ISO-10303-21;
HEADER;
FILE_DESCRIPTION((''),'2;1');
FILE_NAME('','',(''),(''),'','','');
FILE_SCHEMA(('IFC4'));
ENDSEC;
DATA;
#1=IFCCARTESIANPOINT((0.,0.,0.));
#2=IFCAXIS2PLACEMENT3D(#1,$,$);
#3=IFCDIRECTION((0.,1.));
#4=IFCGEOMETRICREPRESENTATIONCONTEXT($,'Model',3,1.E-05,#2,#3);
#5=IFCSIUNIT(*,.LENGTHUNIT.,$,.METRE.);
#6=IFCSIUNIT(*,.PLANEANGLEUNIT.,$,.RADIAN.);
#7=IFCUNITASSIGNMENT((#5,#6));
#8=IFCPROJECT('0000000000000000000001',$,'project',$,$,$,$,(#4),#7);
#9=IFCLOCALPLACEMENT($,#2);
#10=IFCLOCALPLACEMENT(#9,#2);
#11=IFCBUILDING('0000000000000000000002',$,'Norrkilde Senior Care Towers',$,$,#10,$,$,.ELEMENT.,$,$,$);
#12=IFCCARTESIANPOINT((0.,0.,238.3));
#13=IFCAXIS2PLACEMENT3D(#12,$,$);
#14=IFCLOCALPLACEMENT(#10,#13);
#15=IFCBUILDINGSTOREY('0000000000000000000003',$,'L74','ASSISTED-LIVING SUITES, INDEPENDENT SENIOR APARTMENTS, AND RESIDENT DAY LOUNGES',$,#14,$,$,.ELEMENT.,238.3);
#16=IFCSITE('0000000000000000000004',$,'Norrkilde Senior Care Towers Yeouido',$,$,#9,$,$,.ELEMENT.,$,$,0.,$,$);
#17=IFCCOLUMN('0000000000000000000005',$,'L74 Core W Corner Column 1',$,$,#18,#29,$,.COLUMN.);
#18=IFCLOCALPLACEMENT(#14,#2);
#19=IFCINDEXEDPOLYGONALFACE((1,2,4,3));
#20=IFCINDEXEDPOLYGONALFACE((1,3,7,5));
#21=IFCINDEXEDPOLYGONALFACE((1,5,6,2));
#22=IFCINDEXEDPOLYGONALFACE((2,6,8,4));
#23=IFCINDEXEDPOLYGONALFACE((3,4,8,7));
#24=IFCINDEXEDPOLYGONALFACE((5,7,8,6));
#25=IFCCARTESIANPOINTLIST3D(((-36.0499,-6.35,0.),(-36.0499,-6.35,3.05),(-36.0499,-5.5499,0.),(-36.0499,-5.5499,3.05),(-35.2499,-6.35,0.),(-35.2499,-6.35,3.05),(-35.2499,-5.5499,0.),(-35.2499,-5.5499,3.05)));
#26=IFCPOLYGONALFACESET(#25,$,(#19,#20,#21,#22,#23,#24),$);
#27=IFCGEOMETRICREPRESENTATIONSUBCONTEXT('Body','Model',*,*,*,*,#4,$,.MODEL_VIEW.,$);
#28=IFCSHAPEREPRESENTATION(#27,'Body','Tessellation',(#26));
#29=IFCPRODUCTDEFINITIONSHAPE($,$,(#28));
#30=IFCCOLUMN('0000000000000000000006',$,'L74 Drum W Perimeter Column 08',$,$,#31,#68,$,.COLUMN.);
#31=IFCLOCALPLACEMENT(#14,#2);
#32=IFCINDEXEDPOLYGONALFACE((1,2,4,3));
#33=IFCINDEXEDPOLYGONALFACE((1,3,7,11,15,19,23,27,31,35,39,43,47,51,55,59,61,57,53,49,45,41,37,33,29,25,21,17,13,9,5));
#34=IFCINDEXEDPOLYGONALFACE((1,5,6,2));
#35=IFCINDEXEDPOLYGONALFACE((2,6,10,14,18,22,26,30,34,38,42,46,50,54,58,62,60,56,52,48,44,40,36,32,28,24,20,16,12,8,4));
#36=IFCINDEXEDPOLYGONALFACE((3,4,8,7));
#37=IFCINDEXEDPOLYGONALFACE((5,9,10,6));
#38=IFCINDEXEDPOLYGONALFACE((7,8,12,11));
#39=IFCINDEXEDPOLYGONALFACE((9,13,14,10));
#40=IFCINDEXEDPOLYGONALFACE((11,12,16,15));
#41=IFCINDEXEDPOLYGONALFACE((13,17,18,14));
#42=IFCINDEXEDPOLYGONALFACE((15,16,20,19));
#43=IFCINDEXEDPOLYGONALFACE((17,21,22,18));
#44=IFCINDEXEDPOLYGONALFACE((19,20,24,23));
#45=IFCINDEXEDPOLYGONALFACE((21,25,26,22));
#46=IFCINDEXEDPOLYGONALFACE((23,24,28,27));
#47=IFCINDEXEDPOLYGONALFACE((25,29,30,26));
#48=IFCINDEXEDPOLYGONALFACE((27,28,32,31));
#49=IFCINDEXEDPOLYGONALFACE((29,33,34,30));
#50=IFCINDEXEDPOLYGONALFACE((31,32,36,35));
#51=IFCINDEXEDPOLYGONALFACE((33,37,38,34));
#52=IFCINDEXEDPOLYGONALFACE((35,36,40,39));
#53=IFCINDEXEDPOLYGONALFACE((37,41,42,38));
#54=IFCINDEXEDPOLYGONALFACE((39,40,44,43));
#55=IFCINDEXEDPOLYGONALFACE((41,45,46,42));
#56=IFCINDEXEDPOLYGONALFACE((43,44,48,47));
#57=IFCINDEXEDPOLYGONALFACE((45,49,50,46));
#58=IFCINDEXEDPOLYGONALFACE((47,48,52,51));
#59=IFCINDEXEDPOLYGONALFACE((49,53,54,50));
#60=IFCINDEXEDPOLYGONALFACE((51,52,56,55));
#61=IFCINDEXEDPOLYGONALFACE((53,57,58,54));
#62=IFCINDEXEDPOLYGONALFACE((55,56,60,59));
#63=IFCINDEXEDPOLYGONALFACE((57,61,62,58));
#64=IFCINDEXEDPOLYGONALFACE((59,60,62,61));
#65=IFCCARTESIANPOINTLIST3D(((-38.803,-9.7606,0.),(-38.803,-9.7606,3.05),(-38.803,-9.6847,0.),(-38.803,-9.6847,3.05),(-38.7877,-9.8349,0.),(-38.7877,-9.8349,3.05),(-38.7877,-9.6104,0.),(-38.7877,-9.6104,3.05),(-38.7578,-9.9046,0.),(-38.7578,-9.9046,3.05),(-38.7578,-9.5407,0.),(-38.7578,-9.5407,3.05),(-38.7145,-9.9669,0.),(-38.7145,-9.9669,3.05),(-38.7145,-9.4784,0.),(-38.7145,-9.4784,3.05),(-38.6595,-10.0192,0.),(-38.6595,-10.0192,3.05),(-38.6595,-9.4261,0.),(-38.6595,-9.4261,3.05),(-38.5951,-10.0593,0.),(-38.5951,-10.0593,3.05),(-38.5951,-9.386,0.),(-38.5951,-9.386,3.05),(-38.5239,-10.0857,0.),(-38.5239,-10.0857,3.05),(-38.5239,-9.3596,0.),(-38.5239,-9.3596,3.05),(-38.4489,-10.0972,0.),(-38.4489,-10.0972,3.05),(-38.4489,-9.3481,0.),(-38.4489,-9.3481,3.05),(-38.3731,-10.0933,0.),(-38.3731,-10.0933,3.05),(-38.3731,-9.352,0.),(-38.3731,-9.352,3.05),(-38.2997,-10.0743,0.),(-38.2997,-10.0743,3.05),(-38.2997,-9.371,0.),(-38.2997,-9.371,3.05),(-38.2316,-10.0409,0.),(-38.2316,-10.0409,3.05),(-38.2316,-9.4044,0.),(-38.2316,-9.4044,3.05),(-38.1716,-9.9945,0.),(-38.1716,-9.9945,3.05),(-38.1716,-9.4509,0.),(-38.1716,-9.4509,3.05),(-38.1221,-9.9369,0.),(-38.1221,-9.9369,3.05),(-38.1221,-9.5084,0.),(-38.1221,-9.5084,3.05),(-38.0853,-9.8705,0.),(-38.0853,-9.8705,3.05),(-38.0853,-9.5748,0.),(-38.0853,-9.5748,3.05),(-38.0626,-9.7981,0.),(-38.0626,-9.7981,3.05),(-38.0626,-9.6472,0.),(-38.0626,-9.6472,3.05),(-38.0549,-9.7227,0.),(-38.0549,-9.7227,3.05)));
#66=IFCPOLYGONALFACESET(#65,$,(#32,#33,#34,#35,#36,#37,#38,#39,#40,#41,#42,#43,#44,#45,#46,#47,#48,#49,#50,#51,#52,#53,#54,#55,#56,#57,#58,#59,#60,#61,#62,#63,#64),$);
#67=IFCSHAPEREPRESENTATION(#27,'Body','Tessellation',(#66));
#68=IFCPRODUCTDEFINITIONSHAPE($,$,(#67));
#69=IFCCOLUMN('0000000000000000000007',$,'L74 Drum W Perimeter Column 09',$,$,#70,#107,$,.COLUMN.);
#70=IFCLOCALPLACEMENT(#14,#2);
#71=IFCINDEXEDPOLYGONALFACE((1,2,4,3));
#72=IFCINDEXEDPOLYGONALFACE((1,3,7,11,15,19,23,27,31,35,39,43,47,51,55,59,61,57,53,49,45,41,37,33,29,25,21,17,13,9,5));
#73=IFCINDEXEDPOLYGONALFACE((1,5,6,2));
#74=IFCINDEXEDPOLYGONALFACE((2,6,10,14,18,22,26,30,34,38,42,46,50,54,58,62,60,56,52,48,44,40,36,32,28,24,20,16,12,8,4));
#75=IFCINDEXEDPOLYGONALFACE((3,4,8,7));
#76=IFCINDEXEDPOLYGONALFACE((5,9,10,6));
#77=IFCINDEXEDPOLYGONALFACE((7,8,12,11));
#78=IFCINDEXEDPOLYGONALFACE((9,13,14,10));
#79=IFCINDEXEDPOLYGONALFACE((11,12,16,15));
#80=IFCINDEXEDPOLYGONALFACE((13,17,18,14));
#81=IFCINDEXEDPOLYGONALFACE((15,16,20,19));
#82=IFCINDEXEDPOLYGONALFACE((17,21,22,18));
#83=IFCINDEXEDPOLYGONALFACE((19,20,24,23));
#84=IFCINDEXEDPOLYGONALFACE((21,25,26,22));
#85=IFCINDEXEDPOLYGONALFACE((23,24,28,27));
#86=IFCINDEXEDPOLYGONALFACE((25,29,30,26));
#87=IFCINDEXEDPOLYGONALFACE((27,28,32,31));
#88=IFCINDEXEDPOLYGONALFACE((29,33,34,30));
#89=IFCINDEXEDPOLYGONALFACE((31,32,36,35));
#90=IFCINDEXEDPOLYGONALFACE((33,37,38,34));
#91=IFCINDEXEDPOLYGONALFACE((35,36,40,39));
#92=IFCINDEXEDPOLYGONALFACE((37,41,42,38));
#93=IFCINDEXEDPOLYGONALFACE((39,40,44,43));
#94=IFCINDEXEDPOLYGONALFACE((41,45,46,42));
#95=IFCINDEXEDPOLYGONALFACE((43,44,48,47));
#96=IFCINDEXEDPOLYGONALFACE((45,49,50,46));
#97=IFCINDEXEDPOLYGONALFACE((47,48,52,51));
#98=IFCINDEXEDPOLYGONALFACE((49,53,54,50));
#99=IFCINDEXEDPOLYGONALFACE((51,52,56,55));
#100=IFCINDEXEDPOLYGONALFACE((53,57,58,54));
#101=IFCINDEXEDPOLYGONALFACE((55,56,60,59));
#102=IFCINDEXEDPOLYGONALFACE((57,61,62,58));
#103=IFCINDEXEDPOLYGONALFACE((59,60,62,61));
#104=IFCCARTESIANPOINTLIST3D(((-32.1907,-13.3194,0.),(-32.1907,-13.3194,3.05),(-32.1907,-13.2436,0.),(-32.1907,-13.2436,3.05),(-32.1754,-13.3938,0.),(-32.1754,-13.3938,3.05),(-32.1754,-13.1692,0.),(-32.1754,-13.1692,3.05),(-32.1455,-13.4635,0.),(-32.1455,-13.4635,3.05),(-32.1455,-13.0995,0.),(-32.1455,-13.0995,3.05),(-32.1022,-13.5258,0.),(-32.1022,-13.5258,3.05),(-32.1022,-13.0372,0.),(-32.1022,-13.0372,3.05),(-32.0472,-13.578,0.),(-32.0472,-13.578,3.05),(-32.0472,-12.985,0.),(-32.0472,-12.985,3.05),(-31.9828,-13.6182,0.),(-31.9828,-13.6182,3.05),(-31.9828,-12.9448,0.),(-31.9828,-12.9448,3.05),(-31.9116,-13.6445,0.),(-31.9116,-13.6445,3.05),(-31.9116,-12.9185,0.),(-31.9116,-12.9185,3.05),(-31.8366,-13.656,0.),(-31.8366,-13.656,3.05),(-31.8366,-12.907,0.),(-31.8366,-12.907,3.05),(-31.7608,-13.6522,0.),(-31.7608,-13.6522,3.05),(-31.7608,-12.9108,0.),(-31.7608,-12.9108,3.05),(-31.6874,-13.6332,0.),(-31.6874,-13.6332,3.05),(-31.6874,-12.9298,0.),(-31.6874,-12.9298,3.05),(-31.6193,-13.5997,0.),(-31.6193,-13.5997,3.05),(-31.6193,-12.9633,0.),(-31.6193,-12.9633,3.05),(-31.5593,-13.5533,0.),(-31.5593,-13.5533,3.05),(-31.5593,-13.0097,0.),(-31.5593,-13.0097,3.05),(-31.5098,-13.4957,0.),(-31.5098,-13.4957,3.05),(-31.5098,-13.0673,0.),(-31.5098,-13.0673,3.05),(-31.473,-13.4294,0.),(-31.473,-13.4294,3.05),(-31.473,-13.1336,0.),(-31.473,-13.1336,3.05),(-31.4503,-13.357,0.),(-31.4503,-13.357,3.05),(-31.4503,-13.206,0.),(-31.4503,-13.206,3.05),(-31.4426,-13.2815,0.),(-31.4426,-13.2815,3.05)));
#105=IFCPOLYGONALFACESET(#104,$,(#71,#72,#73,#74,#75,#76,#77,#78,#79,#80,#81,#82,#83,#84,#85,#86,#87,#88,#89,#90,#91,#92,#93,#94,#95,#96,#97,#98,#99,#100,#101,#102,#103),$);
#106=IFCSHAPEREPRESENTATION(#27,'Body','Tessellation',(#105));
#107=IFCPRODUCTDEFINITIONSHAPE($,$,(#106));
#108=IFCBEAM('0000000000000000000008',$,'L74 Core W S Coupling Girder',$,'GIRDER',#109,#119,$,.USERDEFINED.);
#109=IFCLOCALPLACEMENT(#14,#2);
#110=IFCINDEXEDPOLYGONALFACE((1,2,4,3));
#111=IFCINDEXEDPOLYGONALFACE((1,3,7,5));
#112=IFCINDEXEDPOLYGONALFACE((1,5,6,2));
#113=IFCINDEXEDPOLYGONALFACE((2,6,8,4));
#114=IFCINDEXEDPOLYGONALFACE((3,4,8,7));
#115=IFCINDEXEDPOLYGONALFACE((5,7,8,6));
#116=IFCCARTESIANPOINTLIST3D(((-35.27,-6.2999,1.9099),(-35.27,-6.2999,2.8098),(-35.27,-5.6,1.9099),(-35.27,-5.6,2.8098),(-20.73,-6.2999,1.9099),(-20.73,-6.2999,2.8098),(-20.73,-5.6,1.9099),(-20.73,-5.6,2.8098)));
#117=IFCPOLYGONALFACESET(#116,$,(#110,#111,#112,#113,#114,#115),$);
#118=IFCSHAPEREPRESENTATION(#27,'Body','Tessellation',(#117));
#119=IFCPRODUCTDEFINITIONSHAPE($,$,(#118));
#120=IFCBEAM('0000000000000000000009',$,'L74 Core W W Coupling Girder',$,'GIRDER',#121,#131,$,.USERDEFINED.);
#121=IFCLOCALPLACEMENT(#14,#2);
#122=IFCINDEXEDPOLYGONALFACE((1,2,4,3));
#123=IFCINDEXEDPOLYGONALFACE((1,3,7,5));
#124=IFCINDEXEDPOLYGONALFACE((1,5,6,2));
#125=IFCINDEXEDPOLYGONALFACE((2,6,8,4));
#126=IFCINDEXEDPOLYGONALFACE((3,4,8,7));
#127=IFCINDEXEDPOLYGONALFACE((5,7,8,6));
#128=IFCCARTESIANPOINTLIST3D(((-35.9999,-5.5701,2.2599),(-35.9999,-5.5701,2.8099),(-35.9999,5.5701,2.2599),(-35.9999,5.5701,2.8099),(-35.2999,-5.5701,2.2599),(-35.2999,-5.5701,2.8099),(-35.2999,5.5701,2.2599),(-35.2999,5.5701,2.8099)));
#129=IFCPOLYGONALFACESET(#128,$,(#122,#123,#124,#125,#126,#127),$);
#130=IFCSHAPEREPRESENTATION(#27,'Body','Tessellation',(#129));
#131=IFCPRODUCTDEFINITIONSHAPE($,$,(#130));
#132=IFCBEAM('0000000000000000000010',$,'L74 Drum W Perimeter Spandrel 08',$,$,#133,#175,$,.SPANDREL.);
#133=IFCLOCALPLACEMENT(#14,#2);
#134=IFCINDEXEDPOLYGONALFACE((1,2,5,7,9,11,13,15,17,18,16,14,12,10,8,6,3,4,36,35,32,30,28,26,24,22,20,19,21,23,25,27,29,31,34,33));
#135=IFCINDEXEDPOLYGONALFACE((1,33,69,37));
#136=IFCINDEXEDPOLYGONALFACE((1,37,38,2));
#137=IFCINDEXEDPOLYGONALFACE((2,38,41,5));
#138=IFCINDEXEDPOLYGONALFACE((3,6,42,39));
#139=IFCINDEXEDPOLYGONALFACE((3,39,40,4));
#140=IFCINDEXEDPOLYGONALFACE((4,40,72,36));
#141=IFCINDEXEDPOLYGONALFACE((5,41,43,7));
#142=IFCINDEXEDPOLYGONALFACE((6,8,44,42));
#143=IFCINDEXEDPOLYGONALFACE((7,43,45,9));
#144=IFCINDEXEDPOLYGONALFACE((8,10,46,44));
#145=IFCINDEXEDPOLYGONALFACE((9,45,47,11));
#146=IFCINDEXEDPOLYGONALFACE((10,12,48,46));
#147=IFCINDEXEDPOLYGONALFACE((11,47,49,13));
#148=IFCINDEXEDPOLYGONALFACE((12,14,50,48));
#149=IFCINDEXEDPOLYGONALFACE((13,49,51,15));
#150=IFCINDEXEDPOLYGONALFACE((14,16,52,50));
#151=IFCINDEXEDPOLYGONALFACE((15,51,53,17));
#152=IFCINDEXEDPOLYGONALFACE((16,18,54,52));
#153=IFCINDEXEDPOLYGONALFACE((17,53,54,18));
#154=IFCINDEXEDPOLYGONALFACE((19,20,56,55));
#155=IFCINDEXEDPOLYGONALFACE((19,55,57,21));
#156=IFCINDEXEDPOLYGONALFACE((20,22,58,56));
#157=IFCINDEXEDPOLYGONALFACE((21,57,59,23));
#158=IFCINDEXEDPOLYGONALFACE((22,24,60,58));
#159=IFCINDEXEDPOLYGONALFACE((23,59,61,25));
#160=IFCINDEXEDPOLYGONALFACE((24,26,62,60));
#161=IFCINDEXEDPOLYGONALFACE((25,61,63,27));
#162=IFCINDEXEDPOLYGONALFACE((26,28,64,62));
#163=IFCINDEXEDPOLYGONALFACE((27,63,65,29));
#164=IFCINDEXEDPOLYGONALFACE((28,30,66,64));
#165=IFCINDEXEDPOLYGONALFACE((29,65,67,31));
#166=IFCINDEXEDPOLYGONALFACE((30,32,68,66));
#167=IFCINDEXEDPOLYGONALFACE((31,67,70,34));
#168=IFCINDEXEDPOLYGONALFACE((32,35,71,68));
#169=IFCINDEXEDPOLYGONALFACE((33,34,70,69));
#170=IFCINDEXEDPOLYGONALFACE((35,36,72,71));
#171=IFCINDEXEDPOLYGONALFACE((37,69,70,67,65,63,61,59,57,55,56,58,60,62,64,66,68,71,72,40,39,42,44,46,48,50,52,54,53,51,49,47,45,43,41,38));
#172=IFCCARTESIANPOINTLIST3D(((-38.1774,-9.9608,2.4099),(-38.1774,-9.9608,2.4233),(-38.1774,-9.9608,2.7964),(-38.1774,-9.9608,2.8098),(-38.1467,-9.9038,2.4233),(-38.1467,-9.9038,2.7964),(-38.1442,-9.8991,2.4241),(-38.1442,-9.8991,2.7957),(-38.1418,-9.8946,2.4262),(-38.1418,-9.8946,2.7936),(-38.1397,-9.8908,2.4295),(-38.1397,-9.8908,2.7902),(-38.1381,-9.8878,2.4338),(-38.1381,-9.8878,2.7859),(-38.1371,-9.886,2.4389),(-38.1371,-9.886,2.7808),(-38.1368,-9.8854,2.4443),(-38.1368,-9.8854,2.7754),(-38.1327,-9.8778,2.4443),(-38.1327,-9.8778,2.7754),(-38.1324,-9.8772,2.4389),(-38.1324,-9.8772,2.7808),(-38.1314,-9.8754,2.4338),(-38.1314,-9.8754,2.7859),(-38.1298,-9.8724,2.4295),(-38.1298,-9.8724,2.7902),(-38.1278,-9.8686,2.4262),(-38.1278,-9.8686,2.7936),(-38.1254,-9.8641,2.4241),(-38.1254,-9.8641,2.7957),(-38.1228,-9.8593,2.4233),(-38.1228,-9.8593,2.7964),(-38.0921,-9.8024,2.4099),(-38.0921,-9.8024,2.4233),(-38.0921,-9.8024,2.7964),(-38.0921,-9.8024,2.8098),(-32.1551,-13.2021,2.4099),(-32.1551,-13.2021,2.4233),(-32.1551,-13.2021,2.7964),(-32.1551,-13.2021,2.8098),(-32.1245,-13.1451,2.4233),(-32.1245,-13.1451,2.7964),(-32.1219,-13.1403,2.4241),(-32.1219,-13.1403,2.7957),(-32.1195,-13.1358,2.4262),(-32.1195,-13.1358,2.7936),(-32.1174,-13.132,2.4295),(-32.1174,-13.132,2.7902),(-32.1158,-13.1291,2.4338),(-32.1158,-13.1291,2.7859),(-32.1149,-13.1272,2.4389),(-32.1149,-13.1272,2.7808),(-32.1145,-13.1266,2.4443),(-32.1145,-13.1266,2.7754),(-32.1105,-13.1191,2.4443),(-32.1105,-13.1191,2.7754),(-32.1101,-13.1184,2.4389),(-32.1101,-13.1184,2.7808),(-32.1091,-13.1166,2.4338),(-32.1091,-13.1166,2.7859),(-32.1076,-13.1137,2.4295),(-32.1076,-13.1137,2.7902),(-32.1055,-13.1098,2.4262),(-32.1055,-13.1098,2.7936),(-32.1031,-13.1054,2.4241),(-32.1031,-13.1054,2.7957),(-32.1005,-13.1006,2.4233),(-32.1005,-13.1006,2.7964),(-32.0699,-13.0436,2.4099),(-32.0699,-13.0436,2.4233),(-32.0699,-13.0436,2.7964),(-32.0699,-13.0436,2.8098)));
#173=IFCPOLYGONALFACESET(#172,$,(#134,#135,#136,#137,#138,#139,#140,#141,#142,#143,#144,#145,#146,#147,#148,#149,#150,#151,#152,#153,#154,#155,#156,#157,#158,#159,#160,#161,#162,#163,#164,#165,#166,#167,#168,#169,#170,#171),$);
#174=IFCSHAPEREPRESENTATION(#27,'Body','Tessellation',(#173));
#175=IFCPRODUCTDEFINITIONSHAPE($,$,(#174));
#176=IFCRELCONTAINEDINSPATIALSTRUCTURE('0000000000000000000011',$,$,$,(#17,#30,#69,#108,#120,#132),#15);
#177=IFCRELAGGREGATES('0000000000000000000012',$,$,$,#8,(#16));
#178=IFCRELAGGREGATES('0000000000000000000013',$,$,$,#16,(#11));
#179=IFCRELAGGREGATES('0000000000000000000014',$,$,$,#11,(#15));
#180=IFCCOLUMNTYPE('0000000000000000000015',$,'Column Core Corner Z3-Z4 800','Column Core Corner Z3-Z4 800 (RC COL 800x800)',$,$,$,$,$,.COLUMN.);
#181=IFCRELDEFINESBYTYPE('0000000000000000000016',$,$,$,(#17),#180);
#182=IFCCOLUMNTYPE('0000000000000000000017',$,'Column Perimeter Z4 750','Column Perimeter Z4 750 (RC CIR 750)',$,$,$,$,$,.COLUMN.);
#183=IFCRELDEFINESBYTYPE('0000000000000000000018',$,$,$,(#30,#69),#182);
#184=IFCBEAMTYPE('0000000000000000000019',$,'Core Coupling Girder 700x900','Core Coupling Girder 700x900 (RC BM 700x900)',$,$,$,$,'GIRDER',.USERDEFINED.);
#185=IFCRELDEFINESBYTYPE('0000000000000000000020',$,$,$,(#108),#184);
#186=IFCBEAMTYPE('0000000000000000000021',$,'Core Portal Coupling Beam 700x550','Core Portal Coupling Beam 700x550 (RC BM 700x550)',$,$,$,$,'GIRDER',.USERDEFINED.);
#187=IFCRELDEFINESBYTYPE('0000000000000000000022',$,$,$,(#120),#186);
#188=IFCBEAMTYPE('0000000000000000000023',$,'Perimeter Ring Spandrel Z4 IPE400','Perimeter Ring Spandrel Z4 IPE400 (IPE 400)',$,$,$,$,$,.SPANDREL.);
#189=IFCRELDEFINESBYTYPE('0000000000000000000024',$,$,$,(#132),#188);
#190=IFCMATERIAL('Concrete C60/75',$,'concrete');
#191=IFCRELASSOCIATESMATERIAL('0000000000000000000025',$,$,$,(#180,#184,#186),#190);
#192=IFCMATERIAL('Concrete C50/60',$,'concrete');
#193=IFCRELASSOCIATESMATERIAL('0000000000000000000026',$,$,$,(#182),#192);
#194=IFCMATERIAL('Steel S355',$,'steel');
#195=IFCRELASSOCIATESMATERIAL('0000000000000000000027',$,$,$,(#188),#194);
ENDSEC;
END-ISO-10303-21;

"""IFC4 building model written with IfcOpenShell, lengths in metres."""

from ifc_helpers import new_model, si_unit, direction, frame, origin, origin_2d, place, context, subcontext, project, spatial, rectangle, circle, i_section, extrude, source, transform, mapped, material, material_profile, profile_set, type_object, type_shapes, element, save


model = new_model("IFC4")

# Units and contexts
model_context = context("Model", 3, precision=1e-05, world=origin(), true_north=direction((0.0, 1.0)))
body_context = subcontext(model_context, "Body", "Model", "MODEL_VIEW")
ifc_project = project(units=[si_unit("LENGTHUNIT", "METRE"), si_unit("PLANEANGLEUNIT", "RADIAN")], contexts=[model_context])

# Site, building, storey
site_placement = place(None, origin())
site = spatial("IfcSite", under=ifc_project, at=site_placement, Name="Norrkilde Senior Care Towers Yeouido", CompositionType="ELEMENT", RefElevation=0.0)
building_placement = place(site_placement, origin())
building = spatial("IfcBuilding", under=site, at=building_placement, Name="Norrkilde Senior Care Towers", CompositionType="ELEMENT")
storey_placement = place(building_placement, frame((0.0, 0.0, 238.3)))
storey = spatial("IfcBuildingStorey", under=building, at=storey_placement, Name="L74", Description="ASSISTED-LIVING SUITES, INDEPENDENT SENIOR APARTMENTS, AND RESIDENT DAY LOUNGES", CompositionType="ELEMENT", Elevation=238.3)

# Columns
ifc_material_1 = material(Name="Concrete C60/75", Category="concrete")
ifc_material_profile_1 = material_profile(ifc_material_1, rectangle(XDim=0.8, YDim=0.8, at=origin_2d()), Name="RC COL 800x800")
ifc_profile_set_1 = profile_set([ifc_material_profile_1], Name="Concrete C60/75")
column_type_1 = type_object("IfcColumnType", Name="Column Core Corner Z3-Z4 800", Description="Column Core Corner Z3-Z4 800 (RC COL 800x800)", PredefinedType="COLUMN", material=ifc_profile_set_1)
shared_shape_1 = source(origin(), body_context, "Body", "SweptSolid", [
    extrude(rectangle(XDim=0.8, YDim=0.8, at=origin_2d()), origin(), (0.0, 0.0, 1.0), 3.05),
])
type_shapes(column_type_1, [shared_shape_1])
column_placement = place(storey_placement, frame((-35.6499, -5.95, 0.0), z_axis=(0.0, 0.0, 1.0), x_axis=(1.0, 0.0, 0.0)))
element("IfcColumn", 1, at=column_placement, inside=storey, type_object=column_type_1, Name="L74 Core W Corner Column 1", PredefinedType="COLUMN", context=body_context, shape_type="MappedRepresentation", body=[
    mapped(shared_shape_1, transform((0.0, 0.0, 0.0), x_axis=(1.0, 0.0, 0.0), y_axis=(0.0, 1.0, 0.0), z_axis=(0.0, 0.0, 1.0), scale=1.0)),
])
ifc_material_2 = material(Name="Concrete C50/60", Category="concrete")
ifc_material_profile_2 = material_profile(ifc_material_2, circle(Radius=0.375, at=origin_2d()), Name="RC CIR 750")
ifc_profile_set_2 = profile_set([ifc_material_profile_2], Name="Concrete C50/60")
column_type_2 = type_object("IfcColumnType", Name="Column Perimeter Z4 750", Description="Column Perimeter Z4 750 (RC CIR 750)", PredefinedType="COLUMN", material=ifc_profile_set_2)
shared_shape_2 = source(origin(), body_context, "Body", "SweptSolid", [
    extrude(circle(Radius=0.375, at=origin_2d()), origin(), (0.0, 0.0, 1.0), 3.05),
])
type_shapes(column_type_2, [shared_shape_2])
for number, where, z_axis, x_axis, name in (
    (2, (-38.4299, -9.7227, 0.0), (0.0, 0.0, 1.0), (1.0, 0.0, 0.0), "L74 Drum W Perimeter Column 08"),
    (3, (-31.8176, -13.2815, 0.0), (0.0, 0.0, 1.0), (1.0, 0.0, 0.0), "L74 Drum W Perimeter Column 09"),
):
    element("IfcColumn", number, at=place(storey_placement, frame(where, z_axis=z_axis, x_axis=x_axis)), inside=storey, type_object=column_type_2, Name=name, PredefinedType="COLUMN", context=body_context, shape_type="MappedRepresentation", body=[
        mapped(shared_shape_2, transform((0.0, 0.0, 0.0), x_axis=(1.0, 0.0, 0.0), y_axis=(0.0, 1.0, 0.0), z_axis=(0.0, 0.0, 1.0), scale=1.0)),
    ])

# Beams
ifc_material_profile_3 = material_profile(ifc_material_1, rectangle(XDim=0.7, YDim=0.8999, at=origin_2d()), Name="RC BM 700x900")
ifc_profile_set_3 = profile_set([ifc_material_profile_3], Name="Concrete C60/75")
beam_type_1 = type_object("IfcBeamType", Name="Core Coupling Girder 700x900", Description="Core Coupling Girder 700x900 (RC BM 700x900)", ElementType="GIRDER", PredefinedType="USERDEFINED", material=ifc_profile_set_3)
shared_shape_3 = source(origin(), body_context, "Body", "SweptSolid", [
    extrude(rectangle(XDim=0.7, YDim=0.8999, at=origin_2d()), origin(), (0.0, 0.0, 1.0), 14.54),
])
type_shapes(beam_type_1, [shared_shape_3])
beam_1_placement = place(storey_placement, frame((-35.27, -5.95, 2.3599), z_axis=(1.0, 0.0, 0.0), x_axis=(0.0, 1.0, 0.0)))
element("IfcBeam", 4, at=beam_1_placement, inside=storey, type_object=beam_type_1, Name="L74 Core W S Coupling Girder", ObjectType="GIRDER", PredefinedType="USERDEFINED", context=body_context, shape_type="MappedRepresentation", body=[
    mapped(shared_shape_3, transform((0.0, 0.0, 0.0), x_axis=(1.0, 0.0, 0.0), y_axis=(0.0, 1.0, 0.0), z_axis=(0.0, 0.0, 1.0), scale=1.0)),
])
ifc_material_profile_4 = material_profile(ifc_material_1, rectangle(XDim=0.7, YDim=0.55, at=origin_2d()), Name="RC BM 700x550")
ifc_profile_set_4 = profile_set([ifc_material_profile_4], Name="Concrete C60/75")
beam_type_2 = type_object("IfcBeamType", Name="Core Portal Coupling Beam 700x550", Description="Core Portal Coupling Beam 700x550 (RC BM 700x550)", ElementType="GIRDER", PredefinedType="USERDEFINED", material=ifc_profile_set_4)
shared_shape_4 = source(origin(), body_context, "Body", "SweptSolid", [
    extrude(rectangle(XDim=0.7, YDim=0.55, at=origin_2d()), origin(), (0.0, 0.0, 1.0), 11.1401),
])
type_shapes(beam_type_2, [shared_shape_4])
beam_2_placement = place(storey_placement, frame((-35.6499, -5.5701, 2.5349), z_axis=(0.0, 1.0, 0.0), x_axis=(-1.0, 0.0, 0.0)))
element("IfcBeam", 5, at=beam_2_placement, inside=storey, type_object=beam_type_2, Name="L74 Core W W Coupling Girder", ObjectType="GIRDER", PredefinedType="USERDEFINED", context=body_context, shape_type="MappedRepresentation", body=[
    mapped(shared_shape_4, transform((0.0, 0.0, 0.0), x_axis=(1.0, 0.0, 0.0), y_axis=(0.0, 1.0, 0.0), z_axis=(0.0, 0.0, 1.0), scale=1.0)),
])
ifc_material_3 = material(Name="Steel S355", Category="steel")
ifc_material_profile_5 = material_profile(ifc_material_3, i_section(OverallWidth=0.1799, OverallDepth=0.3999, WebThickness=0.0085, FlangeThickness=0.0134, FilletRadius=0.021, at=origin_2d()), Name="IPE 400")
ifc_profile_set_5 = profile_set([ifc_material_profile_5], Name="Steel S355")
beam_type_3 = type_object("IfcBeamType", Name="Perimeter Ring Spandrel Z4 IPE400", Description="Perimeter Ring Spandrel Z4 IPE400 (IPE 400)", PredefinedType="SPANDREL", material=ifc_profile_set_5)
shared_shape_5 = source(origin(), body_context, "Body", "SweptSolid", [
    extrude(i_section(OverallWidth=0.1799, OverallDepth=0.3999, WebThickness=0.0085, FlangeThickness=0.0134, FilletRadius=0.021, at=origin_2d()), origin(), (0.0, 0.0, 1.0), 6.8391),
])
beam_3_placement = place(storey_placement, frame((-38.1348, -9.8816, 2.6099), z_axis=(0.880564, -0.473927, 0.0), x_axis=(0.473927, 0.880564, 0.0)))
element("IfcBeam", 6, at=beam_3_placement, inside=storey, type_object=beam_type_3, Name="L74 Drum W Perimeter Spandrel 08", PredefinedType="SPANDREL", context=body_context, shape_type="MappedRepresentation", body=[
    mapped(shared_shape_5, transform((0.0, 0.0, 0.0), x_axis=(1.0, 0.0, 0.0), y_axis=(0.0, 1.0, 0.0), z_axis=(0.0, 0.0, 1.0), scale=1.0)),
])

save(model, "model.ifc")
